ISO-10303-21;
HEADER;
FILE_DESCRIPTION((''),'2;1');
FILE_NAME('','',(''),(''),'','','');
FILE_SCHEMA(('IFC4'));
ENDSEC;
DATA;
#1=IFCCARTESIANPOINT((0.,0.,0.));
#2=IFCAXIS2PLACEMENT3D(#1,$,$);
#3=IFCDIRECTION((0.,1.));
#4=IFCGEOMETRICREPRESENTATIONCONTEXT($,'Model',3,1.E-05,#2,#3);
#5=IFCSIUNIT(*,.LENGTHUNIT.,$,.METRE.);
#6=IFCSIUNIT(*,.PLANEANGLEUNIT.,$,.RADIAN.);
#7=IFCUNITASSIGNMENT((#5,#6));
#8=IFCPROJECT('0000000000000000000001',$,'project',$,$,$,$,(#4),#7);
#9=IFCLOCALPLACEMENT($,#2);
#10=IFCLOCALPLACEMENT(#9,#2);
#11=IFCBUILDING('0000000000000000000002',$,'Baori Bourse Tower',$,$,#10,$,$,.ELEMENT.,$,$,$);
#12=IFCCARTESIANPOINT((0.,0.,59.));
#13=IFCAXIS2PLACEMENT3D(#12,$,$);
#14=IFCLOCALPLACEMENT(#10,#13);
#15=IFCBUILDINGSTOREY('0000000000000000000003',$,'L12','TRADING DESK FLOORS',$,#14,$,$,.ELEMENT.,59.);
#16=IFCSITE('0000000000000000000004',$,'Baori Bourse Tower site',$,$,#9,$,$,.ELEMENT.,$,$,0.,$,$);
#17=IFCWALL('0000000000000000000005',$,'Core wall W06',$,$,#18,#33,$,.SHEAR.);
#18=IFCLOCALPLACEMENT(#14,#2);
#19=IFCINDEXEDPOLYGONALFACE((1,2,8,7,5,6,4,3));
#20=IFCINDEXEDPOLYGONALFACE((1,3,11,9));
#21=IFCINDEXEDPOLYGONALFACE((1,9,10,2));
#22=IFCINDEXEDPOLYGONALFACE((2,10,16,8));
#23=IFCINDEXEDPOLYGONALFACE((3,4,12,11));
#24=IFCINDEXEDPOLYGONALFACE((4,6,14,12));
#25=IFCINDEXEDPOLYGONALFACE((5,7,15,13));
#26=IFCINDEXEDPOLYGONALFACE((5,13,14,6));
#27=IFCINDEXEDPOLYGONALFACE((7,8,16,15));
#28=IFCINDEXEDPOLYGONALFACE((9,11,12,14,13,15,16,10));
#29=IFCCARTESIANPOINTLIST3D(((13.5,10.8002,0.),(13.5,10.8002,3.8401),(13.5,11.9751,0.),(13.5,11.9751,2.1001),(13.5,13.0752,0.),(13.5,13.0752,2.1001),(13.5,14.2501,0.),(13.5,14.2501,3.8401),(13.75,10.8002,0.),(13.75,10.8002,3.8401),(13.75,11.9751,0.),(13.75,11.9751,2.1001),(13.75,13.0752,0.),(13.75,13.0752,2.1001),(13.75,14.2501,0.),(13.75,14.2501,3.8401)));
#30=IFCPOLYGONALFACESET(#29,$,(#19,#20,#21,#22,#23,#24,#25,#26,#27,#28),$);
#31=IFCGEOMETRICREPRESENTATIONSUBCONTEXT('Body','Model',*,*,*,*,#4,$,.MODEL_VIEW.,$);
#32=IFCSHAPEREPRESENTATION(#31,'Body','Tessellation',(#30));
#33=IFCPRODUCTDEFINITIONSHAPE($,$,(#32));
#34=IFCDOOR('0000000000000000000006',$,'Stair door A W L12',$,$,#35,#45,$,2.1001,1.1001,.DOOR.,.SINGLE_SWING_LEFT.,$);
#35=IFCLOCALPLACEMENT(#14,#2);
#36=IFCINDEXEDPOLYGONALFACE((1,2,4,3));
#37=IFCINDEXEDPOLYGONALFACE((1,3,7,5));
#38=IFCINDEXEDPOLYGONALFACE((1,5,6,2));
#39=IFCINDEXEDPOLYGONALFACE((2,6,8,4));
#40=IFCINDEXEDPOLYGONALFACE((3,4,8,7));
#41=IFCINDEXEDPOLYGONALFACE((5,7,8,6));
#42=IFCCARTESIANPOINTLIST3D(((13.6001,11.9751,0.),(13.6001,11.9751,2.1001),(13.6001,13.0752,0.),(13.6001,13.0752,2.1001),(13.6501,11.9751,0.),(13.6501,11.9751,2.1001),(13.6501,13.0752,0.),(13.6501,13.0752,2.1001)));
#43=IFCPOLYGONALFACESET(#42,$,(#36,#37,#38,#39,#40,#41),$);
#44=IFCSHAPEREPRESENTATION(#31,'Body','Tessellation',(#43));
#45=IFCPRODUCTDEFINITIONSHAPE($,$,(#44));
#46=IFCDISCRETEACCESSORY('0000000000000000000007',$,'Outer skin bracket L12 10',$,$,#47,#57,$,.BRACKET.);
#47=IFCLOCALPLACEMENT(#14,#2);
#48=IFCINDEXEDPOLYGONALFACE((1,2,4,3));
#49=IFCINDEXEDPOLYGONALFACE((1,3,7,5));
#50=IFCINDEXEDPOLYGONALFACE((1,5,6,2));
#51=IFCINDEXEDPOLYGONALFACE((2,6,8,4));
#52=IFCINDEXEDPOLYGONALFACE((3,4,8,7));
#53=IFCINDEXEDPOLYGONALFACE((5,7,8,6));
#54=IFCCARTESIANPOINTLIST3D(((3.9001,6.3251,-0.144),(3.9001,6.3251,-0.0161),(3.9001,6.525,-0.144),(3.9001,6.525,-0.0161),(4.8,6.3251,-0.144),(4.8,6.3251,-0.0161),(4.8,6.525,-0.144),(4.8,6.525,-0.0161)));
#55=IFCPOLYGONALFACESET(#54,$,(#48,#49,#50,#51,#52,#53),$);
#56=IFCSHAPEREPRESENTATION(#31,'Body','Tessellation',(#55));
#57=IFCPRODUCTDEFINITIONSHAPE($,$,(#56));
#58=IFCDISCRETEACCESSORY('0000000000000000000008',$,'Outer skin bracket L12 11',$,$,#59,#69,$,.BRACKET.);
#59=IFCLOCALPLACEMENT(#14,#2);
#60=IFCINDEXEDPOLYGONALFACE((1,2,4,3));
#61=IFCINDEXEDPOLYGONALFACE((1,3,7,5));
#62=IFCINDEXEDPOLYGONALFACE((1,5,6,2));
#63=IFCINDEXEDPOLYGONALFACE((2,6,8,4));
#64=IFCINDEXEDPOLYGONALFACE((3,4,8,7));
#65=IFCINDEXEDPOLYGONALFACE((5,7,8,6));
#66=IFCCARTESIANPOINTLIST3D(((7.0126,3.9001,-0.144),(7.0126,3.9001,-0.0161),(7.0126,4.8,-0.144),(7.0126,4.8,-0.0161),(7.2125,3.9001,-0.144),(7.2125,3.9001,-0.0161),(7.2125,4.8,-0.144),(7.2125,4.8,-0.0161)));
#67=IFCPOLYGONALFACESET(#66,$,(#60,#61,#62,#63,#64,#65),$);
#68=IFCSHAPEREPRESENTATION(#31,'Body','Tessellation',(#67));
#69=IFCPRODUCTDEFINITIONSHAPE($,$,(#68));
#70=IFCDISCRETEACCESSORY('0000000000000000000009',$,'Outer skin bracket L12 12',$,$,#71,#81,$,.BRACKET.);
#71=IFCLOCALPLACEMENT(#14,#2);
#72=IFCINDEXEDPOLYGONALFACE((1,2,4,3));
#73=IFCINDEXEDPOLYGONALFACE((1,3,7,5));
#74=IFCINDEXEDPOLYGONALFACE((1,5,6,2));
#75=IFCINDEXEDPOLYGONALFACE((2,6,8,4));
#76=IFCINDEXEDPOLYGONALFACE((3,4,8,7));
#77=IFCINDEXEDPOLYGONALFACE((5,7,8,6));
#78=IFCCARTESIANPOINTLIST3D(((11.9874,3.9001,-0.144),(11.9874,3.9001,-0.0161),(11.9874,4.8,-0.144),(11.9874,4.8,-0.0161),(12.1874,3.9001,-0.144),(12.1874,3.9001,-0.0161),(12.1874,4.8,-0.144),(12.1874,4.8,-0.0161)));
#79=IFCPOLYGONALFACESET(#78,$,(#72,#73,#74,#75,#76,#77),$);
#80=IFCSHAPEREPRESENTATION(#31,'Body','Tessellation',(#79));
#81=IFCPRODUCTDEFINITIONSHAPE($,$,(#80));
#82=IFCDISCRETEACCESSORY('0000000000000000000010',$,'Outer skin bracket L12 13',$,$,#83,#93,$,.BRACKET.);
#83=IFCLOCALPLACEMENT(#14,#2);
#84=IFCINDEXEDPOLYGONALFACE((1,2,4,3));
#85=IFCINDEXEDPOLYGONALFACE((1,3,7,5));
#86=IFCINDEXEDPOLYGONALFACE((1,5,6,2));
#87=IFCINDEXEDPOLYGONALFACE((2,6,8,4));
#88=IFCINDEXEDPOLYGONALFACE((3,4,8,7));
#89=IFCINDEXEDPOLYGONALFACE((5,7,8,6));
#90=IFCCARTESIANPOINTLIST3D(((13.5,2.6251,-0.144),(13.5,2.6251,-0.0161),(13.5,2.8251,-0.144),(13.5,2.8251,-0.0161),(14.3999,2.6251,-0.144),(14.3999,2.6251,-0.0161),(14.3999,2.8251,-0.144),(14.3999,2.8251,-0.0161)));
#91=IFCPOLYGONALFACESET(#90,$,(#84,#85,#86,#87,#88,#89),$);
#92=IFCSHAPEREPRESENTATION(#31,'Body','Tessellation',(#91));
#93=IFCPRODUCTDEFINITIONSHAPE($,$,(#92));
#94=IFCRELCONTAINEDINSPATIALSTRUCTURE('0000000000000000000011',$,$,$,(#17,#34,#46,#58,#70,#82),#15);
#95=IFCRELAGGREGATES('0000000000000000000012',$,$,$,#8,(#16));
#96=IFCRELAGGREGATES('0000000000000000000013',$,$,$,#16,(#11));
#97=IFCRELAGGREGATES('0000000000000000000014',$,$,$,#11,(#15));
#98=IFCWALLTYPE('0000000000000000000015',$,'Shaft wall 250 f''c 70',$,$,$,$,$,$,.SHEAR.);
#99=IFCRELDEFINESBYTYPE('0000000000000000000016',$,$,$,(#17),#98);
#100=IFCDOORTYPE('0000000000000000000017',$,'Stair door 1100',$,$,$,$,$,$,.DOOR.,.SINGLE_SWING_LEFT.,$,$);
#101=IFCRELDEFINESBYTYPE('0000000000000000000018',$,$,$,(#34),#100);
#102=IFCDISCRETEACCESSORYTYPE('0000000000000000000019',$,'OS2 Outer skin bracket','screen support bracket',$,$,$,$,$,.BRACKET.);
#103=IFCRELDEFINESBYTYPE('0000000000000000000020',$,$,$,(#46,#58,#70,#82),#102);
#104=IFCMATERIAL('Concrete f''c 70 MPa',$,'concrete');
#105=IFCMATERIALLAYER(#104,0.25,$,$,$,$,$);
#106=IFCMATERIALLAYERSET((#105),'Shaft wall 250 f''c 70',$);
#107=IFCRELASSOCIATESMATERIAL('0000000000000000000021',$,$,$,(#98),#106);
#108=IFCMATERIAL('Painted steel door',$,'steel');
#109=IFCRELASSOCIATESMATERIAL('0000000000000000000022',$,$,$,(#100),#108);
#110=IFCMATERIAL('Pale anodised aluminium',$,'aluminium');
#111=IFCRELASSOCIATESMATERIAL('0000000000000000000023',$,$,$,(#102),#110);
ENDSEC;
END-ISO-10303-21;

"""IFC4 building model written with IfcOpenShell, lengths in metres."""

from ifc_helpers import new_model, si_unit, direction, frame, frame_2d, origin, origin_2d, place, context, subcontext, project, spatial, rectangle, extrude, material, layer, layer_set, type_object, element, fill, save


model = new_model("IFC4")

# Units and contexts
model_context = context("Model", 3, precision=1e-05, world=origin(), true_north=direction((0.0, 1.0)))
body_context = subcontext(model_context, "Body", "Model", "MODEL_VIEW")
ifc_project = project(units=[si_unit("LENGTHUNIT", "METRE"), si_unit("PLANEANGLEUNIT", "RADIAN")], contexts=[model_context])

# Site, building, storey
site_placement = place(None, origin())
site = spatial("IfcSite", under=ifc_project, at=site_placement, Name="Baori Bourse Tower site", CompositionType="ELEMENT", RefElevation=0.0)
building_placement = place(site_placement, origin())
building = spatial("IfcBuilding", under=site, at=building_placement, Name="Baori Bourse Tower", CompositionType="ELEMENT")
storey_placement = place(building_placement, frame((0.0, 0.0, 59.0)))
storey = spatial("IfcBuildingStorey", under=building, at=storey_placement, Name="L12", Description="TRADING DESK FLOORS", CompositionType="ELEMENT", Elevation=59.0)

# Wall, opening, door
ifc_material_1 = material(Name="Concrete f'c 70 MPa", Category="concrete")
ifc_layer_1 = layer(ifc_material_1, 0.25)
ifc_layer_set_1 = layer_set([ifc_layer_1], Name="Shaft wall 250 f'c 70")
wall_type_1 = type_object("IfcWallType", Name="Shaft wall 250 f'c 70", PredefinedType="SHEAR", material=ifc_layer_set_1)
wall_1_placement = place(storey_placement, frame((13.625, 10.8, 0.0), z_axis=(0.0, 0.0, 1.0), x_axis=(0.0, 1.0, 0.0)))
wall_1 = element("IfcWall", 1, at=wall_1_placement, inside=storey, type_object=wall_type_1, Name="Core wall W06", PredefinedType="SHEAR", context=body_context, shape_type="SweptSolid", body=[
    extrude(rectangle(XDim=3.45, YDim=0.25, at=frame_2d((1.7251, 0.0))), origin(), (0.0, 0.0, 1.0), 3.8401),
])
opening_1_placement = place(wall_1_placement, frame((1.175, 0.0, 0.0)))
opening_1 = element("IfcOpeningElement", 2, at=opening_1_placement, cuts=wall_1, PredefinedType="OPENING", context=body_context, shape_type="SweptSolid", body=[
    extrude(rectangle(XDim=1.1001, YDim=2.1001, at=frame_2d((0.55, 1.05))), frame((0.0, 0.135, 0.0), z_axis=(0.0, -1.0, 0.0), x_axis=(1.0, 0.0, 0.0)), (0.0, 0.0, 1.0), 0.27),
])
ifc_material_2 = material(Name="Painted steel door", Category="steel")
door_type_1 = type_object("IfcDoorType", Name="Stair door 1100", OperationType="SINGLE_SWING_LEFT", PredefinedType="DOOR", material=ifc_material_2)
door_1_placement = place(opening_1_placement, origin())
door_1 = element("IfcDoor", 3, at=door_1_placement, inside=storey, type_object=door_type_1, Name="Stair door A W L12", OperationType="SINGLE_SWING_LEFT", OverallHeight=2.1001, OverallWidth=1.1001, PredefinedType="DOOR", context=body_context, shape_type="SweptSolid", body=[
    extrude(rectangle(XDim=1.1001, YDim=2.1001, at=frame_2d((0.55, 1.05))), frame((0.0, 0.0249, 0.0), z_axis=(0.0, -1.0, 0.0), x_axis=(1.0, 0.0, 0.0)), (0.0, 0.0, 1.0), 0.05),
])
fill(opening_1, door_1)

# Discrete accessories
ifc_material_3 = material(Name="Pale anodised aluminium", Category="aluminium")
discrete_accessory_type = type_object("IfcDiscreteAccessoryType", Name="OS2 Outer skin bracket", Description="screen support bracket", PredefinedType="BRACKET", material=ifc_material_3)
for number, where, z_axis, x_axis, name in (
    (4, (4.3501, 6.425, -0.144), (0.0, 0.0, 1.0), (0.0, -1.0, 0.0), "Outer skin bracket L12 10"),
    (5, (7.1125, 4.3501, -0.144), (0.0, 0.0, 1.0), (1.0, 0.0, 0.0), "Outer skin bracket L12 11"),
    (6, (12.0874, 4.3501, -0.144), (0.0, 0.0, 1.0), (1.0, 0.0, 0.0), "Outer skin bracket L12 12"),
    (7, (13.95, 2.7251, -0.144), (0.0, 0.0, 1.0), (0.0, -1.0, 0.0), "Outer skin bracket L12 13"),
):
    element("IfcDiscreteAccessory", number, at=place(storey_placement, frame(where, z_axis=z_axis, x_axis=x_axis)), inside=storey, type_object=discrete_accessory_type, Name=name, PredefinedType="BRACKET", context=body_context, shape_type="SweptSolid", body=[
        extrude(rectangle(XDim=0.2, YDim=0.8999, at=origin_2d()), origin(), (0.0, 0.0, 1.0), 0.1279),
    ])

save(model, "model.ifc")
